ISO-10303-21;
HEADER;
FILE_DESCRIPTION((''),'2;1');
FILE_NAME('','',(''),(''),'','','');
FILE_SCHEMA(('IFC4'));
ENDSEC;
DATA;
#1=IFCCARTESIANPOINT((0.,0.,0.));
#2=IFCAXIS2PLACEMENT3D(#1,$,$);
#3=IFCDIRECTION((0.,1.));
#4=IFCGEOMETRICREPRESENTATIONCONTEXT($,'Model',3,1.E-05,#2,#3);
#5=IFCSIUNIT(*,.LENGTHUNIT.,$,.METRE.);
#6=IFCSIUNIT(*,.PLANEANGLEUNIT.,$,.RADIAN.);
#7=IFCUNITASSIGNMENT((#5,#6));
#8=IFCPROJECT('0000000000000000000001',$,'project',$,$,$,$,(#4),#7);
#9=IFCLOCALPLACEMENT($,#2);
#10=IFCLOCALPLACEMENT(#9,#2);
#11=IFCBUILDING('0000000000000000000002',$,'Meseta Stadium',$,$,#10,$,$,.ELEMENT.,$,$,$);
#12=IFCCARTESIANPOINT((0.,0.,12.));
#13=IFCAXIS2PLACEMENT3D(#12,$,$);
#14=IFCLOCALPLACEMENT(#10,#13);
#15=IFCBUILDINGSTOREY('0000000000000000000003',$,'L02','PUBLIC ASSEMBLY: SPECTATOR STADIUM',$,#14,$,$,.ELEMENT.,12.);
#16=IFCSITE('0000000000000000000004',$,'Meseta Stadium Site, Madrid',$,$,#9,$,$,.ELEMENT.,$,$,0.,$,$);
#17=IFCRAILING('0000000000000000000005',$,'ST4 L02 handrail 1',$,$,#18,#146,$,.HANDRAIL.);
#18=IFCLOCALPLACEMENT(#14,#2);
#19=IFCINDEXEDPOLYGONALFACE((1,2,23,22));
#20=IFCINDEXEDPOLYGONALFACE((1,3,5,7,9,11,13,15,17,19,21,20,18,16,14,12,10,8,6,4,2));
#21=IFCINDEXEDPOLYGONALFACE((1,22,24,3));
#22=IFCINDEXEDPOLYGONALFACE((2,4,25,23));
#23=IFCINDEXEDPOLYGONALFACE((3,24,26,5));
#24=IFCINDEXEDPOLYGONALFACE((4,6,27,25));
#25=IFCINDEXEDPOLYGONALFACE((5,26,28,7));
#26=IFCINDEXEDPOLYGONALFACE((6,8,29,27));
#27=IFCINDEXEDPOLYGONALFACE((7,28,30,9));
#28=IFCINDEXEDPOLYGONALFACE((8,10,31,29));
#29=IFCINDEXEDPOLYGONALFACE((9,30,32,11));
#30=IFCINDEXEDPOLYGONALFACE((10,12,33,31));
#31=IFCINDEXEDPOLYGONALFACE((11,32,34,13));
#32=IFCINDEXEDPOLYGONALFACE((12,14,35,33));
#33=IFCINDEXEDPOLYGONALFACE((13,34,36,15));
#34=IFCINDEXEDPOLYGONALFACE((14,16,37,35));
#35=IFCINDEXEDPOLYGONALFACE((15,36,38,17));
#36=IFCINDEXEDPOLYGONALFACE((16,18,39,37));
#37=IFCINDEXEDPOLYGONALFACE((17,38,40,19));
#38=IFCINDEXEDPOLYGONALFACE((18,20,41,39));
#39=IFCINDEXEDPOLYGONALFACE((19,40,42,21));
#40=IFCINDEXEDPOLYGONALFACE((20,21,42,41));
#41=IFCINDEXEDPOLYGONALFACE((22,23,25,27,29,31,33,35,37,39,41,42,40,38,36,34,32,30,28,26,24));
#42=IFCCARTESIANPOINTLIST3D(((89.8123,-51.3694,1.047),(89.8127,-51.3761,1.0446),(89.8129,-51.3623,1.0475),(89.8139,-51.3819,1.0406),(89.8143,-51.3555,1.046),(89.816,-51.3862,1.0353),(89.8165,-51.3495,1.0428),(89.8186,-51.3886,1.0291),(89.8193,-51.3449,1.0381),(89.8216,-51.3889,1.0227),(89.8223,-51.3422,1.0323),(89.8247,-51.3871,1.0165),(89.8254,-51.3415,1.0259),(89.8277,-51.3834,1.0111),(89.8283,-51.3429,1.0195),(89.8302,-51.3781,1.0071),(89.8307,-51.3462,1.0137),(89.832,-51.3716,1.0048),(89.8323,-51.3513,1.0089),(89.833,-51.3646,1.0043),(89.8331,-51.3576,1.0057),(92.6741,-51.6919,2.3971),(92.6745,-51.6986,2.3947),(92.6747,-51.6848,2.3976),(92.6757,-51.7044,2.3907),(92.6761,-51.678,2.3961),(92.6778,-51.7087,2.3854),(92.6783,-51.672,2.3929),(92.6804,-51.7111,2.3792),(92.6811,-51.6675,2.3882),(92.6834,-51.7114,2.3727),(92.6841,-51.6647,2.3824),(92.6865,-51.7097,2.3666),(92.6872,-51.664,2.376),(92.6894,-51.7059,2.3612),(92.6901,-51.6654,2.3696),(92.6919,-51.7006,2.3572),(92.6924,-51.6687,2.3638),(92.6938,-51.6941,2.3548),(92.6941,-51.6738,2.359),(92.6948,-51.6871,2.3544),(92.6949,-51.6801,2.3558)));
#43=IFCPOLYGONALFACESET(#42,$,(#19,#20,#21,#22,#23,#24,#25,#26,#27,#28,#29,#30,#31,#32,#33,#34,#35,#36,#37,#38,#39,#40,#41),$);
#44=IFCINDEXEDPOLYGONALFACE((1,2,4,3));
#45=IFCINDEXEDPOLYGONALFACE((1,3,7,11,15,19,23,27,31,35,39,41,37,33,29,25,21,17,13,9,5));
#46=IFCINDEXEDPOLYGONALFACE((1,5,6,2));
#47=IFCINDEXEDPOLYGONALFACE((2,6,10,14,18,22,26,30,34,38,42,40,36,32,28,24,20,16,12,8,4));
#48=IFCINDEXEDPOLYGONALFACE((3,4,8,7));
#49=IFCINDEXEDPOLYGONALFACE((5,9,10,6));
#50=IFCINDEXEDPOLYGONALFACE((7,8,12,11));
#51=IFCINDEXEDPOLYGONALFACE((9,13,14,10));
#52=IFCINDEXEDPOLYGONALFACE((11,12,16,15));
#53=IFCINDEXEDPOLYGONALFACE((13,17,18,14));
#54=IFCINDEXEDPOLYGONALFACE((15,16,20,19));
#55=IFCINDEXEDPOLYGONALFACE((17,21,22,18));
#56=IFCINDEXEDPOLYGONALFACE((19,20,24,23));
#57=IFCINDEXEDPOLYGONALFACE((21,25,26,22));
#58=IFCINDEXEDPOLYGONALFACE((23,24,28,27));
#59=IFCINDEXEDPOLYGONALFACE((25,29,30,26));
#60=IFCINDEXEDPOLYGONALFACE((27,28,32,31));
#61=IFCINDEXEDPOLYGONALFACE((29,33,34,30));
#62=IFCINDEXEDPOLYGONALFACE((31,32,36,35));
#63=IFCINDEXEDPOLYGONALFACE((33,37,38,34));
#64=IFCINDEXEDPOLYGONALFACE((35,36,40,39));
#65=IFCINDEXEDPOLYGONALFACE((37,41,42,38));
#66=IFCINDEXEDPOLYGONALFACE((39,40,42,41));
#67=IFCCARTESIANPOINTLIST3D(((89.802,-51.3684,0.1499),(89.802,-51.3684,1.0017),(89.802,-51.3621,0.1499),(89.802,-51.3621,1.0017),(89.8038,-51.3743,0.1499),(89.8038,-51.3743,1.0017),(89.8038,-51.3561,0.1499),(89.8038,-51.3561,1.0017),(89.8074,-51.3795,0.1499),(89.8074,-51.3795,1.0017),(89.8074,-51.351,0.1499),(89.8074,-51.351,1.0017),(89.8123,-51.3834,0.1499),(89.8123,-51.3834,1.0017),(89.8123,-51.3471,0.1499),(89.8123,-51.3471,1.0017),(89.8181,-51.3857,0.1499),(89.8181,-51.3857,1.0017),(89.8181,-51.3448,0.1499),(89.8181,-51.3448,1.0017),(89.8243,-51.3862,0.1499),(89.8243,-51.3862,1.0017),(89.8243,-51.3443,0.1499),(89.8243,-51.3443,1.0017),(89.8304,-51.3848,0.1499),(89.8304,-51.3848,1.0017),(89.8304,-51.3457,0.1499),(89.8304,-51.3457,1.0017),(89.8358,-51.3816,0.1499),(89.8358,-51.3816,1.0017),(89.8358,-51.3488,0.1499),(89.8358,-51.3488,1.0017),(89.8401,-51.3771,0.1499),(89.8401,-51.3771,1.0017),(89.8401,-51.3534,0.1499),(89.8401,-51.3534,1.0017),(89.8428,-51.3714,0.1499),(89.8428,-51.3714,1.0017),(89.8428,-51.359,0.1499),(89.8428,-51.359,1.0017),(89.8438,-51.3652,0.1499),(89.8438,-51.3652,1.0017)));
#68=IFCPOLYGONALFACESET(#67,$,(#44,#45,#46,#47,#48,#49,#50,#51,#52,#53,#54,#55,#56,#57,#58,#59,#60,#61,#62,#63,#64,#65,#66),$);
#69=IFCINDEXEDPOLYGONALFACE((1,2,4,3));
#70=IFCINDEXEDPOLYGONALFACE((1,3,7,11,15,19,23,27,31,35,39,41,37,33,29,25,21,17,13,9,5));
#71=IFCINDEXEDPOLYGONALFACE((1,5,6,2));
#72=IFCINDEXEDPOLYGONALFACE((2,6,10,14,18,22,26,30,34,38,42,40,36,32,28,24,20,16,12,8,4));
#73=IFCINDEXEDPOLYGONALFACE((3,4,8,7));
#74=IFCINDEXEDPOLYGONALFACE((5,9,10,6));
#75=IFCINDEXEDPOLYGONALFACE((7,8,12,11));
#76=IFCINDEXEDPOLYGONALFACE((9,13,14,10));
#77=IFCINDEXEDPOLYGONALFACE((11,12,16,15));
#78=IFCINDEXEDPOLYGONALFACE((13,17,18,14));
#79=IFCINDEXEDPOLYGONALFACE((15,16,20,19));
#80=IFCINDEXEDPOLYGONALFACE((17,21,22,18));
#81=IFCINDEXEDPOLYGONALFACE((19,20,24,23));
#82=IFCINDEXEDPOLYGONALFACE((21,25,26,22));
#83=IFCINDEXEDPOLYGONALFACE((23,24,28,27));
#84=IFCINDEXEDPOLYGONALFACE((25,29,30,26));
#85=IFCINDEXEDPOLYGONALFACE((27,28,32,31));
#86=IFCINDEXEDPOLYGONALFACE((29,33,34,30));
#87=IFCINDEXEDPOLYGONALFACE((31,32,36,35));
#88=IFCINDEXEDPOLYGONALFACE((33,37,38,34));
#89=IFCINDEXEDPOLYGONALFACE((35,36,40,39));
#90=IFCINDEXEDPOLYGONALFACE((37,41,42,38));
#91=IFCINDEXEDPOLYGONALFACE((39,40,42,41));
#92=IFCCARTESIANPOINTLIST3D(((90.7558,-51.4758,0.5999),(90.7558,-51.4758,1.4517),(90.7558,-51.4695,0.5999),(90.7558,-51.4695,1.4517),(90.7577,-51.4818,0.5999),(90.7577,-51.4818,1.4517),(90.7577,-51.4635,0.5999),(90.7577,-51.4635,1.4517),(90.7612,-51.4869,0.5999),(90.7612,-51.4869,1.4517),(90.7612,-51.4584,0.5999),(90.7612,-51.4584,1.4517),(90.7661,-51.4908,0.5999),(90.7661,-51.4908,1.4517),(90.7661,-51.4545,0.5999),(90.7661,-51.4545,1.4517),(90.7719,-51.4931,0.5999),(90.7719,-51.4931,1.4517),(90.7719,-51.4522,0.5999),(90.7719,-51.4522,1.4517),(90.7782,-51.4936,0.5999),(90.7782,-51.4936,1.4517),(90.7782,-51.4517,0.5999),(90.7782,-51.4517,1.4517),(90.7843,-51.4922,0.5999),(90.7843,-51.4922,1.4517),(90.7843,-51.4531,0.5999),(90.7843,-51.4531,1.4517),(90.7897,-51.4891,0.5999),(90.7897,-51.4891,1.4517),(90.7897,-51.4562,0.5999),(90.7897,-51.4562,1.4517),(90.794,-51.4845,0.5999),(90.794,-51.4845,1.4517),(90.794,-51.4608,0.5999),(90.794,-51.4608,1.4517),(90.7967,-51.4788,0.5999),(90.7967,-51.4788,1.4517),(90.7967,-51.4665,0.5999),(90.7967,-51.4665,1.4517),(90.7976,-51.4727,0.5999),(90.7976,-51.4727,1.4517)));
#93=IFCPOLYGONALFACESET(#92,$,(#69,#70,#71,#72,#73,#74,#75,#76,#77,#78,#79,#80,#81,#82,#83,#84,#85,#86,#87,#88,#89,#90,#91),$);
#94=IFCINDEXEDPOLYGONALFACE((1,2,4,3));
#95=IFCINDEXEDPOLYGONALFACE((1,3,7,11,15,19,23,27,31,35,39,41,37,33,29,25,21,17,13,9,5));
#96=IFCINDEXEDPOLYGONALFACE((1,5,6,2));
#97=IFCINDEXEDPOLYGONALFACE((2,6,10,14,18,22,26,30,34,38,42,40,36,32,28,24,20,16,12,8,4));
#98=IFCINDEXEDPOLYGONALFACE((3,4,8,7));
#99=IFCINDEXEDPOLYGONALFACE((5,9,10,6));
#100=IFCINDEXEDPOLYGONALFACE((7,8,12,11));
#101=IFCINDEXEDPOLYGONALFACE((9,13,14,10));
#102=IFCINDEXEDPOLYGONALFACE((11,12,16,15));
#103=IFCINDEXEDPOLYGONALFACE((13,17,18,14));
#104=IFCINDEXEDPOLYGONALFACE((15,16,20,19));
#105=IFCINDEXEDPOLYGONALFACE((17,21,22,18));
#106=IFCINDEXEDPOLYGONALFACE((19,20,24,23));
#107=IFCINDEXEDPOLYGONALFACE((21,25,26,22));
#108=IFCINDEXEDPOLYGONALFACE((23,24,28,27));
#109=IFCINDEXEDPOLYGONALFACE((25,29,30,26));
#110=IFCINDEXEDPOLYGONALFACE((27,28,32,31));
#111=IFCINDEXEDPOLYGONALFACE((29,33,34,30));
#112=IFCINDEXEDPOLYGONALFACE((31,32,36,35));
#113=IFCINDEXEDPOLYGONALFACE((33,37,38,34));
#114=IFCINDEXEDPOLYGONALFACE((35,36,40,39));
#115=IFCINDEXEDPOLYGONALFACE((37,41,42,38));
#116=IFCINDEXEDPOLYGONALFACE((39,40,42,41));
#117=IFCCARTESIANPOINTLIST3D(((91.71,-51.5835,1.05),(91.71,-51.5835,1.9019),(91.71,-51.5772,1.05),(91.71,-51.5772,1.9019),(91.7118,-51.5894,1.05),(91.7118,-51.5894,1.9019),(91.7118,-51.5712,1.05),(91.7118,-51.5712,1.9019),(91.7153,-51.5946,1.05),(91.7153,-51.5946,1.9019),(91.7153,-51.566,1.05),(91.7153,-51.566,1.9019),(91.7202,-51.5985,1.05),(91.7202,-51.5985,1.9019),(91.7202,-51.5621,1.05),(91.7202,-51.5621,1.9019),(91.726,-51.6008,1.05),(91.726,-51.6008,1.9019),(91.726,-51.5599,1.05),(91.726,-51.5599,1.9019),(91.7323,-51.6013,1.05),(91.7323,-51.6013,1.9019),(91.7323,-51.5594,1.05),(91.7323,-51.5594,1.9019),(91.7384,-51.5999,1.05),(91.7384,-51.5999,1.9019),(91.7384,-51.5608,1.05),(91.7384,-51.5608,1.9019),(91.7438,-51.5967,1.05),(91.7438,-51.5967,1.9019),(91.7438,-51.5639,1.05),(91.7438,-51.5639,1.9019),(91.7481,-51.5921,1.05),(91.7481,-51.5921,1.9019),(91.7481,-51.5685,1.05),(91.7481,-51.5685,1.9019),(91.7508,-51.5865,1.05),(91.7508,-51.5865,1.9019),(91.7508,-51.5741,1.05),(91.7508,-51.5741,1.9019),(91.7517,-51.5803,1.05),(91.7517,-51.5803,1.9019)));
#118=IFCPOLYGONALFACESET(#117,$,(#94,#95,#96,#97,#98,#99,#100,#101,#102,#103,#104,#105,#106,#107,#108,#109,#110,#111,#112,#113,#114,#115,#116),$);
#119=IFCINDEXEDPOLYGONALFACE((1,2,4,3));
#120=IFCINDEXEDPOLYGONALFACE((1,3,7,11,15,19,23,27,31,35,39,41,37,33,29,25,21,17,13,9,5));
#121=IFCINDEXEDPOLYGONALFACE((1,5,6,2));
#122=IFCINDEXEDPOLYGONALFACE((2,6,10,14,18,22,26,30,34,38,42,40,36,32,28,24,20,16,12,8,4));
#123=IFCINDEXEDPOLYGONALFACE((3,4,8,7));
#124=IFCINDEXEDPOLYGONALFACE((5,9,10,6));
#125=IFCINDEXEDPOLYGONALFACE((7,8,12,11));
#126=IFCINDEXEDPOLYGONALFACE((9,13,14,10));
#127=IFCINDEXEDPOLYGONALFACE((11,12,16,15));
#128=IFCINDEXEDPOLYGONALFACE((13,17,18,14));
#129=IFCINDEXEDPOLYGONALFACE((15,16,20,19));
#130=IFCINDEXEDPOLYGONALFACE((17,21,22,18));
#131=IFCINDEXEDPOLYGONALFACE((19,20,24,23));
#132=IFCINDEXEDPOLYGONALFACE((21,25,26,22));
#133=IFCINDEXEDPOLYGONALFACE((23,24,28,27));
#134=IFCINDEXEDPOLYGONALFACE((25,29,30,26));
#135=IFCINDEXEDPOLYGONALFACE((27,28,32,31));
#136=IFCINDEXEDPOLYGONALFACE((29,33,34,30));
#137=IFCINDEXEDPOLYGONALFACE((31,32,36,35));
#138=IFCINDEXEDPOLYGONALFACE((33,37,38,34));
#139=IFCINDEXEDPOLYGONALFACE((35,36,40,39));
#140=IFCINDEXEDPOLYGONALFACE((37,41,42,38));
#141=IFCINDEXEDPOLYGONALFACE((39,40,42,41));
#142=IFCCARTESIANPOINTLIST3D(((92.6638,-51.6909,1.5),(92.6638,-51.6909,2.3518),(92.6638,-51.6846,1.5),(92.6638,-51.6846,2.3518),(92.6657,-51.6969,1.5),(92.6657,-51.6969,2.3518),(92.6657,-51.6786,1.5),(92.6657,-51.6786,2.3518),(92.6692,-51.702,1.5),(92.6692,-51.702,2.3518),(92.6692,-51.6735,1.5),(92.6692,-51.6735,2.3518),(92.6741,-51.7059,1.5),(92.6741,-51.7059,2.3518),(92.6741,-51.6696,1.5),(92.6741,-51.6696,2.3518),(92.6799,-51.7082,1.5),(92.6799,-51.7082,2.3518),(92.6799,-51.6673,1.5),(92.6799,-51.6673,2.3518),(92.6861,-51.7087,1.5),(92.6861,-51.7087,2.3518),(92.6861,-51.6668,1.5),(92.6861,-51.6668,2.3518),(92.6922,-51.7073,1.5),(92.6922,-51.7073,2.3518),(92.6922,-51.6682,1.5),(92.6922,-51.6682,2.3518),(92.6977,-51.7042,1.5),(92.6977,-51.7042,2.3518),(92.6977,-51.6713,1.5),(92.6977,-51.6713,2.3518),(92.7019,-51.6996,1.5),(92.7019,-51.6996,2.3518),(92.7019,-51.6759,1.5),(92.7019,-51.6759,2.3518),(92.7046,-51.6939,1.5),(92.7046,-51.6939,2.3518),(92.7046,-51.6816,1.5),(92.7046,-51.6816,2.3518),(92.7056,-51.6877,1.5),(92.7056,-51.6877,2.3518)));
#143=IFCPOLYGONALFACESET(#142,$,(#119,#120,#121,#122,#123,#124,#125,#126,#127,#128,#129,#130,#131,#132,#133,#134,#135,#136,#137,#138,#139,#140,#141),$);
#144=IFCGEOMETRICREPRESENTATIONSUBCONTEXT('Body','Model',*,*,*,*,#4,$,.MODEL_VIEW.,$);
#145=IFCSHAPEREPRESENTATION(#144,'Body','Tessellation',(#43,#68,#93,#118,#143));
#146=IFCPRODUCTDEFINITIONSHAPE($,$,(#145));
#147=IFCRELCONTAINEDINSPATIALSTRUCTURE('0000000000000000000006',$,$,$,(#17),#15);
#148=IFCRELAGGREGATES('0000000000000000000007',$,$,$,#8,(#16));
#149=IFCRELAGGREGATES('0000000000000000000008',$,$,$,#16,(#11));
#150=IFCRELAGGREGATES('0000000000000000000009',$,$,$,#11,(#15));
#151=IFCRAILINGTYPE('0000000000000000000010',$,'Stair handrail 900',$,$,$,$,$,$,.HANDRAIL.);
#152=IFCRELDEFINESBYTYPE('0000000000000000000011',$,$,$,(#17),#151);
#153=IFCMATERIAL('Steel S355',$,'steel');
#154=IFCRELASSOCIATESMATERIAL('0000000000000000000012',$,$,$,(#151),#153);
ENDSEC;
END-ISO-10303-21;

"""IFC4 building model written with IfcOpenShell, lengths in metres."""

from ifc_helpers import new_model, si_unit, direction, frame, origin, origin_2d, place, context, subcontext, project, spatial, circle, extrude, material, type_object, element, save


model = new_model("IFC4")

# Units and contexts
model_context = context("Model", 3, precision=1e-05, world=origin(), true_north=direction((0.0, 1.0)))
body_context = subcontext(model_context, "Body", "Model", "MODEL_VIEW")
ifc_project = project(units=[si_unit("LENGTHUNIT", "METRE"), si_unit("PLANEANGLEUNIT", "RADIAN")], contexts=[model_context])

# Site, building, storey
site_placement = place(None, origin())
site = spatial("IfcSite", under=ifc_project, at=site_placement, Name="Meseta Stadium Site, Madrid", CompositionType="ELEMENT", RefElevation=0.0)
building_placement = place(site_placement, origin())
building = spatial("IfcBuilding", under=site, at=building_placement, Name="Meseta Stadium", CompositionType="ELEMENT")
storey_placement = place(building_placement, frame((0.0, 0.0, 12.0)))
storey = spatial("IfcBuildingStorey", under=building, at=storey_placement, Name="L02", Description="PUBLIC ASSEMBLY: SPECTATOR STADIUM", CompositionType="ELEMENT", Elevation=12.0)

# Railing
ifc_material_1 = material(Name="Steel S355", Category="steel")
railing_type_1 = type_object("IfcRailingType", Name="Stair handrail 900", PredefinedType="HANDRAIL", material=ifc_material_1)
railing_1_placement = place(storey_placement, frame((89.8228, -51.3652, 0.1499)))
element("IfcRailing", 1, at=railing_1_placement, inside=storey, type_object=railing_type_1, Name="ST4 L02 handrail 1", PredefinedType="HANDRAIL", context=body_context, shape_type="SweptSolid", body=[
    extrude(circle(Radius=0.0239, at=origin_2d()), frame((0.0, 0.0, 0.876), z_axis=(0.899748, -0.101396, 0.424467), x_axis=(0.111985, 0.99371, 0.0)), (0.0, 0.0, 1.0), 3.1807),
    extrude(circle(Radius=0.021, at=origin_2d()), origin(), (0.0, 0.0, 1.0), 0.8518),
    extrude(circle(Radius=0.021, at=origin_2d()), frame((0.9539, -0.1074, 0.45)), (0.0, 0.0, 1.0), 0.8518),
    extrude(circle(Radius=0.021, at=origin_2d()), frame((1.908, -0.2151, 0.9001)), (0.0, 0.0, 1.0), 0.8518),
    extrude(circle(Radius=0.021, at=origin_2d()), frame((2.8618, -0.3225, 1.3501)), (0.0, 0.0, 1.0), 0.8518),
])

save(model, "model.ifc")
